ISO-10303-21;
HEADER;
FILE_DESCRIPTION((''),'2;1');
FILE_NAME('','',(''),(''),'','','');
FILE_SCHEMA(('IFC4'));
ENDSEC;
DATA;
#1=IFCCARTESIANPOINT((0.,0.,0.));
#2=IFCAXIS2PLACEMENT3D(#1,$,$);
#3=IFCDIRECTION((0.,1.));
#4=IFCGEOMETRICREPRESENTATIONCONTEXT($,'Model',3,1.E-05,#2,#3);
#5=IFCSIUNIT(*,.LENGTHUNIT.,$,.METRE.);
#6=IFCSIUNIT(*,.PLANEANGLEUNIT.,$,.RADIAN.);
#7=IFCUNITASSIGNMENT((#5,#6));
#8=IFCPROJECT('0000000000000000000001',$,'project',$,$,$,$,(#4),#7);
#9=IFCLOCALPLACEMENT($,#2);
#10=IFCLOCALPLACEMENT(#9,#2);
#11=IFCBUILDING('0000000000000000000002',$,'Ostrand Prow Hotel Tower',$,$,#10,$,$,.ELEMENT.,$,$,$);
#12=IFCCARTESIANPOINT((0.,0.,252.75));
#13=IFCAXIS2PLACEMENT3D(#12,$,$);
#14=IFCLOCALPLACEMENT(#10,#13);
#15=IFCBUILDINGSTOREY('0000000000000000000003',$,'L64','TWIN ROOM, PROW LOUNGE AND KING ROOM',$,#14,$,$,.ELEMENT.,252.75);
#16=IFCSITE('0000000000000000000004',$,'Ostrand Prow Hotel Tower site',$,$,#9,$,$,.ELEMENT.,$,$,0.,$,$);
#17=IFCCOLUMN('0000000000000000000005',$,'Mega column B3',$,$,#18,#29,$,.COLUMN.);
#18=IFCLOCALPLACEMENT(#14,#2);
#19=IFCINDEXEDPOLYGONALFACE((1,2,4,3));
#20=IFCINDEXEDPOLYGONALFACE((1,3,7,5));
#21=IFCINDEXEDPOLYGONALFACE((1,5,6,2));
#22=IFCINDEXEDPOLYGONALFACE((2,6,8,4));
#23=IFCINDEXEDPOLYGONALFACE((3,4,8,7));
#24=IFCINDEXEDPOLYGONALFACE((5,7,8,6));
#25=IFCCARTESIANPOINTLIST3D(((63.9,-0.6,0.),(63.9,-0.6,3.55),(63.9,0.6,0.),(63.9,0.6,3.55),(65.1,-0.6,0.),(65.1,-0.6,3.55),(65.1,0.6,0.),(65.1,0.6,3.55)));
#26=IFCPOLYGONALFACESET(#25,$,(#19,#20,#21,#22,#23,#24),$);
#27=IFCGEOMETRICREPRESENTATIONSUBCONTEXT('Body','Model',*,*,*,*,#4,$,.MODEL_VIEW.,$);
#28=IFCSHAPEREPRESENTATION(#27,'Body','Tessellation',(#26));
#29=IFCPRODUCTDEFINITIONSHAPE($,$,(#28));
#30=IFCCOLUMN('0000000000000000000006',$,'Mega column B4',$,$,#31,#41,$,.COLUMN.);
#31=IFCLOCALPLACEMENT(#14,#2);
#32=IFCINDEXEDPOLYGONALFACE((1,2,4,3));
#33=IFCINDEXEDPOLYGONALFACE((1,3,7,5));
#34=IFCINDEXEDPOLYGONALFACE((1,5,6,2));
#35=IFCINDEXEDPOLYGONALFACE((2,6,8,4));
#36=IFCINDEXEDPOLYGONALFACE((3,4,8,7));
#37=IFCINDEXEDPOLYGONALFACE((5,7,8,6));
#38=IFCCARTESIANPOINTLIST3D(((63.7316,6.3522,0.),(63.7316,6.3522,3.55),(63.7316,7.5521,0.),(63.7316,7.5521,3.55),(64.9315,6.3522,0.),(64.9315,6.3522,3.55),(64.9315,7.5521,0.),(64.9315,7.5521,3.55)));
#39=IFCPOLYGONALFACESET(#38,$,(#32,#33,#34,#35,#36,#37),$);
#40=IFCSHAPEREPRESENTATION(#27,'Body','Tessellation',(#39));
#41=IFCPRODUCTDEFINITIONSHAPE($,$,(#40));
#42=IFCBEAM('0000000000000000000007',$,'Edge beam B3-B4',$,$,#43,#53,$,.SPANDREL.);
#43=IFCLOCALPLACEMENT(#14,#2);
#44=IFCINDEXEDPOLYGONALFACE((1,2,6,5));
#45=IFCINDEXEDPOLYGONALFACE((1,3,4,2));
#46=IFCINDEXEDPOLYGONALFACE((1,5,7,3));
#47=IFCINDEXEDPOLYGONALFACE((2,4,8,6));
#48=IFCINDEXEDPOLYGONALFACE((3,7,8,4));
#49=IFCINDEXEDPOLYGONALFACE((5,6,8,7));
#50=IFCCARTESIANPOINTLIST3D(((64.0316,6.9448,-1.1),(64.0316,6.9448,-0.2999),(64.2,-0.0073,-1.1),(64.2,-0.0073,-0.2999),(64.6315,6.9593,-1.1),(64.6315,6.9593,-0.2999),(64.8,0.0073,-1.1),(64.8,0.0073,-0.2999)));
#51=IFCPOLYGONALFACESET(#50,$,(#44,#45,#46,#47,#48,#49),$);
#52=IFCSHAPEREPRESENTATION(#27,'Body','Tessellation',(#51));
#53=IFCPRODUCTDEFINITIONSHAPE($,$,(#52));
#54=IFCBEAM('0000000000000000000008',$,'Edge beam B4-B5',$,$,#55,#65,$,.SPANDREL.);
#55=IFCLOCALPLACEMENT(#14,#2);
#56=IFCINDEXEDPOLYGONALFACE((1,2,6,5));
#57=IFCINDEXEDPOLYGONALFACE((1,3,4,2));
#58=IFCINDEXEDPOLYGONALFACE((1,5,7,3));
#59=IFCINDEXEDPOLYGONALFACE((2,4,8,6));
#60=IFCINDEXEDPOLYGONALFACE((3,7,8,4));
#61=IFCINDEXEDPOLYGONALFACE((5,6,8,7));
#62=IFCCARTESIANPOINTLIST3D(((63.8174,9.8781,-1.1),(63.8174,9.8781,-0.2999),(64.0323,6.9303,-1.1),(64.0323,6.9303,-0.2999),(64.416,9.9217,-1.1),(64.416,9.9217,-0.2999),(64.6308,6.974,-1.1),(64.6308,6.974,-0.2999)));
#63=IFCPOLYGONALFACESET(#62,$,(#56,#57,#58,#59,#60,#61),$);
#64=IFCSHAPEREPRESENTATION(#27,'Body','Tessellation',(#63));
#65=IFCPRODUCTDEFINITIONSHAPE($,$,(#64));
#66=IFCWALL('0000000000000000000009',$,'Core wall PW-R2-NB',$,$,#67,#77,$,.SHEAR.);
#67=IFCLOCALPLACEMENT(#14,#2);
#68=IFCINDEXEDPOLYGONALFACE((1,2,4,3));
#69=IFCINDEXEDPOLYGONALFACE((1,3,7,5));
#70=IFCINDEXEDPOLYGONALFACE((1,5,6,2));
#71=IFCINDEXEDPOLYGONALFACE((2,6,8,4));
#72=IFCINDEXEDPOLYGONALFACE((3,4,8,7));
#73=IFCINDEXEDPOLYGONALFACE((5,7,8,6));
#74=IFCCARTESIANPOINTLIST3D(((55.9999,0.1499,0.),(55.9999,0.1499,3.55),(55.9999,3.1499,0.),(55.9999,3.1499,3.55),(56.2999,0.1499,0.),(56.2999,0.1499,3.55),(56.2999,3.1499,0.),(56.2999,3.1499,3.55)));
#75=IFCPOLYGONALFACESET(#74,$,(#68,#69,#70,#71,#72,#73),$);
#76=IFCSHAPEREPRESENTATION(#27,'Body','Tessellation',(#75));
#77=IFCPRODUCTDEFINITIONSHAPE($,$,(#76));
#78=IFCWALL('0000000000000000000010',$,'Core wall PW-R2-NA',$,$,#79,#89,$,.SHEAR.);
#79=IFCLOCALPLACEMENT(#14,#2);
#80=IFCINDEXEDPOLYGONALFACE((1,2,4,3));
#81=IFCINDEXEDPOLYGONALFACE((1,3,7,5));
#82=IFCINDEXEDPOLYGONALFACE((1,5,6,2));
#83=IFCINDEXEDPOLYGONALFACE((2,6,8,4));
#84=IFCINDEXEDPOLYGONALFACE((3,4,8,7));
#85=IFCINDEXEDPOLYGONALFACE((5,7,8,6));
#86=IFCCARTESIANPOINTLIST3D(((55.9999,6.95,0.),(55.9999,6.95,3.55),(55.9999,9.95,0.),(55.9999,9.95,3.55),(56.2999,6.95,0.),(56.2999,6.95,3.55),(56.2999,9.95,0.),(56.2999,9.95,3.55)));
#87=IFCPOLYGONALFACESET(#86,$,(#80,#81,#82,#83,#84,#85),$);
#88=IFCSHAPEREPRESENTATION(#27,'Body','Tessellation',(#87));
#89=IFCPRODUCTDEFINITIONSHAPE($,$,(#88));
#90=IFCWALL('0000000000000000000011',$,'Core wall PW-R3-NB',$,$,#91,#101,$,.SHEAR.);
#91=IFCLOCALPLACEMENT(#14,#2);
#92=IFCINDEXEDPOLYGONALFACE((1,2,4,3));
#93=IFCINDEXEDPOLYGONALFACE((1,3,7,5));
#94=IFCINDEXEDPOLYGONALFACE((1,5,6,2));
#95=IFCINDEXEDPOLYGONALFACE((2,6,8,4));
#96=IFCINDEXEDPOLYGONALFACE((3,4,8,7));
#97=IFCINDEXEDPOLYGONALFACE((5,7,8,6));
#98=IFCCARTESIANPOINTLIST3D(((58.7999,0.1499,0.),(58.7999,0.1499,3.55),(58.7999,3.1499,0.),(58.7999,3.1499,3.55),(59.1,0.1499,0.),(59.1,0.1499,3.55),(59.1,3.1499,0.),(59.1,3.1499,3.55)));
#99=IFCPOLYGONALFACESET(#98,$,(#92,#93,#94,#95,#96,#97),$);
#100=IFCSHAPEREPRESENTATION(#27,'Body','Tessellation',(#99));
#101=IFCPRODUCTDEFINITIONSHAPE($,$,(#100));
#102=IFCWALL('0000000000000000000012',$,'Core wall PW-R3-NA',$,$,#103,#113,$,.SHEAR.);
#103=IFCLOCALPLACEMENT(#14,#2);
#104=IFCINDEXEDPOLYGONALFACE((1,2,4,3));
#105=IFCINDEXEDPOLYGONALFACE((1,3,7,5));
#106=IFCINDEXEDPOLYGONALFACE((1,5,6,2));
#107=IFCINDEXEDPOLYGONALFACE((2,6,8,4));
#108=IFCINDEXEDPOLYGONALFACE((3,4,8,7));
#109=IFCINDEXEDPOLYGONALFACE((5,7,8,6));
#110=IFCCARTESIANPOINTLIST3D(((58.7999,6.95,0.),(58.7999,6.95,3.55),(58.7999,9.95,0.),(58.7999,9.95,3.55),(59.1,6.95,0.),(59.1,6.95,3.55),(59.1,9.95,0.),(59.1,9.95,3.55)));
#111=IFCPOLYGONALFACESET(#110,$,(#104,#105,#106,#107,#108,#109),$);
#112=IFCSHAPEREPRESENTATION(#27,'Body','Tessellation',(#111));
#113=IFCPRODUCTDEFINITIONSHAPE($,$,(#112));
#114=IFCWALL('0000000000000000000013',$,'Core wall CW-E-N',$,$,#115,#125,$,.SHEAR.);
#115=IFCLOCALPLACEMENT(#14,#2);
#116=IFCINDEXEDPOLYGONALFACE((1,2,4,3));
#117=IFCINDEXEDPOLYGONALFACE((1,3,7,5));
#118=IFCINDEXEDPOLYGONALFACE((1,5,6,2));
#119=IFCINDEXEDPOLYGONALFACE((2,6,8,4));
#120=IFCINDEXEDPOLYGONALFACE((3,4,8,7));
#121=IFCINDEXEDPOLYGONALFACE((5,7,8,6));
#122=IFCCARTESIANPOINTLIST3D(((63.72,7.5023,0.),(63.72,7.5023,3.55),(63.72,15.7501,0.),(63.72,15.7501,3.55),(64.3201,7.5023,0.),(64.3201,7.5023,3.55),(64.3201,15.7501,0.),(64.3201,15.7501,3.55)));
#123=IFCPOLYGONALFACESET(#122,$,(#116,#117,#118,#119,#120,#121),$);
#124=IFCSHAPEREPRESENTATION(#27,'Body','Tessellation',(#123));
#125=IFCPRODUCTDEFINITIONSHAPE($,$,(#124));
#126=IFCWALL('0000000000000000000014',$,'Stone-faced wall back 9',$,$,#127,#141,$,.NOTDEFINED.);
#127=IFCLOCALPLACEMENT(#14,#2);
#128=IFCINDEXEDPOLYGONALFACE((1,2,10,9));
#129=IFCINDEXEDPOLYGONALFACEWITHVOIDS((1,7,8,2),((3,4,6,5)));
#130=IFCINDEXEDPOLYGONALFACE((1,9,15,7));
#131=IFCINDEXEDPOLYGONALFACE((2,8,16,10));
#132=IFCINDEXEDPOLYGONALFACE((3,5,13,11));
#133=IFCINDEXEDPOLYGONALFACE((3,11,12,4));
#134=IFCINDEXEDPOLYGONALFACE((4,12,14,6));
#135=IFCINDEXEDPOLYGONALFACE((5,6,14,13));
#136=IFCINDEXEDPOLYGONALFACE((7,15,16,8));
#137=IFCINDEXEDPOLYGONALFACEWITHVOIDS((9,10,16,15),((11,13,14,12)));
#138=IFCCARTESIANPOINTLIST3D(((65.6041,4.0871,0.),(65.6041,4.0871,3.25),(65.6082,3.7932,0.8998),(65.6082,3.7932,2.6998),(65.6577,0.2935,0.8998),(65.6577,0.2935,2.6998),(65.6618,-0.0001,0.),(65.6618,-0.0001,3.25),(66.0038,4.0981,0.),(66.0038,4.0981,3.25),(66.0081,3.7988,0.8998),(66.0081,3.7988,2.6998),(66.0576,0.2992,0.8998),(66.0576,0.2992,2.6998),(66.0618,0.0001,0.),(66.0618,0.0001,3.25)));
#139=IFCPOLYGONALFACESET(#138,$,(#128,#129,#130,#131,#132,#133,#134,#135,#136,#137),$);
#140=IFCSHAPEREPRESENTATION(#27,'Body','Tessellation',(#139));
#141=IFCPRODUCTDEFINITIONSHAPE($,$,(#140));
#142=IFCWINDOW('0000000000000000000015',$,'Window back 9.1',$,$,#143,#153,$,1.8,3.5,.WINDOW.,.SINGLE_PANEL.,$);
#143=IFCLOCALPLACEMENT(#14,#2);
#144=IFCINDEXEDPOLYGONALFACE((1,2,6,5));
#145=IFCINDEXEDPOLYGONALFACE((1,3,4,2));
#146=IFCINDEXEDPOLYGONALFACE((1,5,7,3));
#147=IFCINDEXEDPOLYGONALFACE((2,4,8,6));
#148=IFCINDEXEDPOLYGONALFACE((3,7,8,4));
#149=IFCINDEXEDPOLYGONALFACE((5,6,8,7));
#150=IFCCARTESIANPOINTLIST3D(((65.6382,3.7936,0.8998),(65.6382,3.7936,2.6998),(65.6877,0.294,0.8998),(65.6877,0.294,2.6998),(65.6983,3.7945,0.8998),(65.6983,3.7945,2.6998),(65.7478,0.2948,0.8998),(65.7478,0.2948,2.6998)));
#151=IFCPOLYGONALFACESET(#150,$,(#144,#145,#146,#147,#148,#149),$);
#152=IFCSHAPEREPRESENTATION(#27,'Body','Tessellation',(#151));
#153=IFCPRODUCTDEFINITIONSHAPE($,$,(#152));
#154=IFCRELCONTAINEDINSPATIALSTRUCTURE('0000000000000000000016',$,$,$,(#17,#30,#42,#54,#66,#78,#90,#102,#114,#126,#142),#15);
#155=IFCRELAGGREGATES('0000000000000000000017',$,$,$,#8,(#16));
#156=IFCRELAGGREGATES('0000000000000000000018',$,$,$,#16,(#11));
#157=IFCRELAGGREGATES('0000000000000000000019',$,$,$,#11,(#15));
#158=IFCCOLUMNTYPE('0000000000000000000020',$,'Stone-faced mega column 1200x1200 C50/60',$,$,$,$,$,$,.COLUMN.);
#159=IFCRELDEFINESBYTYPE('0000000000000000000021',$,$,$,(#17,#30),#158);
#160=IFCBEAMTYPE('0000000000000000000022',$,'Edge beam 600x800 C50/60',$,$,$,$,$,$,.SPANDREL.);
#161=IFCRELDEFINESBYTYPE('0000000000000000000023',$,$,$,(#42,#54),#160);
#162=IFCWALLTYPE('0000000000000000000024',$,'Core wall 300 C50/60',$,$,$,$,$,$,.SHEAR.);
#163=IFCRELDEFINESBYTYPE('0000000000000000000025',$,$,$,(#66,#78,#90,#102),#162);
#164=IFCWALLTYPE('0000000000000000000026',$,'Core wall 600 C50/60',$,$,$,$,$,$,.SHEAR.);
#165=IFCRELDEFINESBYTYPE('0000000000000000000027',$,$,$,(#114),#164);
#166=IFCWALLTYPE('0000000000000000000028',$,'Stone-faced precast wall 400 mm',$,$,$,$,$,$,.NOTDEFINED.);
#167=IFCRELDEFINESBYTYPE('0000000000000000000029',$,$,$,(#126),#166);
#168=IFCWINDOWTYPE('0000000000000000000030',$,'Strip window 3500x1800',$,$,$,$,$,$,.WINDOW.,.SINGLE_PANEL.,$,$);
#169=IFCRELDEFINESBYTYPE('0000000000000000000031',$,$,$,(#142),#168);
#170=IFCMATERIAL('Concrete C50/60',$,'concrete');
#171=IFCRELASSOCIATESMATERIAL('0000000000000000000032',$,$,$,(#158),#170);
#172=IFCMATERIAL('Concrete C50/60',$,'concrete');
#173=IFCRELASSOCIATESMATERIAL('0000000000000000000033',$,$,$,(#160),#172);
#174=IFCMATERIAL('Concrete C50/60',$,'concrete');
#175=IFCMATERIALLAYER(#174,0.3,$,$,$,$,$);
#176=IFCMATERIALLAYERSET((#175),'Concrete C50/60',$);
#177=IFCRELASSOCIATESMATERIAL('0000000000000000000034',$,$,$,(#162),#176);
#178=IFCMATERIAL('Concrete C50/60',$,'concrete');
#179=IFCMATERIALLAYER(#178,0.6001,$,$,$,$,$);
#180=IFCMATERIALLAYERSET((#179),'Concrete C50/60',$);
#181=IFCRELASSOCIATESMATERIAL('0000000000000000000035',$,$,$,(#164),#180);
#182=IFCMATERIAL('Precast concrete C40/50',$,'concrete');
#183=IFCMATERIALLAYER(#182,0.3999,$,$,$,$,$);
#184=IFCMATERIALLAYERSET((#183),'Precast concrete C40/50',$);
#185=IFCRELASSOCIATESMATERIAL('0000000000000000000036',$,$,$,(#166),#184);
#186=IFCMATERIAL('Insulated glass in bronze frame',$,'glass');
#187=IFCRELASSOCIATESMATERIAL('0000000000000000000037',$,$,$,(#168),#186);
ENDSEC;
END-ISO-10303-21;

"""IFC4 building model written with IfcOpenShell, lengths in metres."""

from ifc_helpers import new_model, si_unit, direction, frame, frame_2d, origin, origin_2d, place, context, subcontext, project, spatial, polyline, rectangle, outline, extrude, material, layer, layer_set, material_profile, profile_set, type_object, element, fill, save


model = new_model("IFC4")

# Units and contexts
model_context = context("Model", 3, precision=1e-05, world=origin(), true_north=direction((0.0, 1.0)))
body_context = subcontext(model_context, "Body", "Model", "MODEL_VIEW")
ifc_project = project(units=[si_unit("LENGTHUNIT", "METRE"), si_unit("PLANEANGLEUNIT", "RADIAN")], contexts=[model_context])

# Site, building, storey
site_placement = place(None, origin())
site = spatial("IfcSite", under=ifc_project, at=site_placement, Name="Ostrand Prow Hotel Tower site", CompositionType="ELEMENT", RefElevation=0.0)
building_placement = place(site_placement, origin())
building = spatial("IfcBuilding", under=site, at=building_placement, Name="Ostrand Prow Hotel Tower", CompositionType="ELEMENT")
storey_placement = place(building_placement, frame((0.0, 0.0, 252.75)))
storey = spatial("IfcBuildingStorey", under=building, at=storey_placement, Name="L64", Description="TWIN ROOM, PROW LOUNGE AND KING ROOM", CompositionType="ELEMENT", Elevation=252.75)

# Columns
ifc_material_1 = material(Name="Concrete C50/60", Category="concrete")
ifc_material_profile_1 = material_profile(ifc_material_1, rectangle(XDim=1.2, YDim=1.2, at=origin_2d()), Name="RC 1200x1200")
ifc_profile_set_1 = profile_set([ifc_material_profile_1], Name="Concrete C50/60")
column_type = type_object("IfcColumnType", Name="Stone-faced mega column 1200x1200 C50/60", PredefinedType="COLUMN", material=ifc_profile_set_1)
for number, where, z_axis, x_axis, name in (
    (1, (64.5, 0.0, 0.0), (0.0, 0.0, 1.0), (1.0, 0.0, 0.0), "Mega column B3"),
    (2, (64.3315, 6.9521, 0.0), (0.0, 0.0, 1.0), (1.0, 0.0, 0.0), "Mega column B4"),
):
    element("IfcColumn", number, at=place(storey_placement, frame(where, z_axis=z_axis, x_axis=x_axis)), inside=storey, type_object=column_type, Name=name, PredefinedType="COLUMN", context=body_context, shape_type="SweptSolid", body=[
        extrude(rectangle(XDim=1.2, YDim=1.2, at=origin_2d()), origin(), (0.0, 0.0, 1.0), 3.55),
    ])

# Beams
ifc_material_2 = material(Name="Concrete C50/60", Category="concrete")
ifc_material_profile_2 = material_profile(ifc_material_2, rectangle(XDim=0.6001, YDim=0.8, at=origin_2d()), Name="RC 600x800")
ifc_profile_set_2 = profile_set([ifc_material_profile_2], Name="Concrete C50/60")
beam_type = type_object("IfcBeamType", Name="Edge beam 600x800 C50/60", PredefinedType="SPANDREL", material=ifc_profile_set_2)
beam_1_placement = place(storey_placement, frame((64.5, 0.0, -0.7), z_axis=(-0.024224, 0.999707, 0.0), x_axis=(-0.999707, -0.024224, 0.0)))
element("IfcBeam", 3, at=beam_1_placement, inside=storey, type_object=beam_type, Name="Edge beam B3-B4", PredefinedType="SPANDREL", context=body_context, shape_type="SweptSolid", body=[
    extrude(rectangle(XDim=0.6001, YDim=0.8, at=origin_2d()), origin(), (0.0, 0.0, 1.0), 6.9541),
])
beam_2_placement = place(storey_placement, frame((64.3315, 6.9521, -0.7), z_axis=(-0.072691, 0.997355, 0.0), x_axis=(-0.997355, -0.072691, 0.0)))
element("IfcBeam", 4, at=beam_2_placement, inside=storey, type_object=beam_type, Name="Edge beam B4-B5", PredefinedType="SPANDREL", context=body_context, shape_type="SweptSolid", body=[
    extrude(rectangle(XDim=0.6001, YDim=0.8, at=origin_2d()), origin(), (0.0, 0.0, 1.0), 2.9556),
])

# Walls
ifc_material_3 = material(Name="Concrete C50/60", Category="concrete")
ifc_layer_1 = layer(ifc_material_3, 0.3)
ifc_layer_set_1 = layer_set([ifc_layer_1], Name="Concrete C50/60")
wall_type_1 = type_object("IfcWallType", Name="Core wall 300 C50/60", PredefinedType="SHEAR", material=ifc_layer_set_1)
for number, where, z_axis, x_axis, name in (
    (5, (56.1499, 0.1499, 0.0), (0.0, 0.0, 1.0), (0.0, 1.0, 0.0), "Core wall PW-R2-NB"),
    (6, (56.1499, 6.95, 0.0), (0.0, 0.0, 1.0), (0.0, 1.0, 0.0), "Core wall PW-R2-NA"),
    (7, (58.95, 0.1499, 0.0), (0.0, 0.0, 1.0), (0.0, 1.0, 0.0), "Core wall PW-R3-NB"),
    (8, (58.95, 6.95, 0.0), (0.0, 0.0, 1.0), (0.0, 1.0, 0.0), "Core wall PW-R3-NA"),
):
    element("IfcWall", number, at=place(storey_placement, frame(where, z_axis=z_axis, x_axis=x_axis)), inside=storey, type_object=wall_type_1, Name=name, PredefinedType="SHEAR", context=body_context, shape_type="SweptSolid", body=[
        extrude(rectangle(XDim=3.0, YDim=0.3, at=frame_2d((1.5, 0.0))), origin(), (0.0, 0.0, 1.0), 3.55),
    ])
ifc_material_4 = material(Name="Concrete C50/60", Category="concrete")
ifc_layer_2 = layer(ifc_material_4, 0.6001)
ifc_layer_set_2 = layer_set([ifc_layer_2], Name="Concrete C50/60")
wall_type_2 = type_object("IfcWallType", Name="Core wall 600 C50/60", PredefinedType="SHEAR", material=ifc_layer_set_2)
wall_1_placement = place(storey_placement, frame((64.02, 7.5022, 0.0), z_axis=(0.0, 0.0, 1.0), x_axis=(0.0, 1.0, 0.0)))
element("IfcWall", 9, at=wall_1_placement, inside=storey, type_object=wall_type_2, Name="Core wall CW-E-N", PredefinedType="SHEAR", context=body_context, shape_type="SweptSolid", body=[
    extrude(rectangle(XDim=8.2478, YDim=0.6001, at=frame_2d((4.124, 0.0))), origin(), (0.0, 0.0, 1.0), 3.55),
])

# Wall, opening, window
ifc_material_5 = material(Name="Precast concrete C40/50", Category="concrete")
ifc_layer_3 = layer(ifc_material_5, 0.3999)
ifc_layer_set_3 = layer_set([ifc_layer_3], Name="Precast concrete C40/50")
wall_type_3 = type_object("IfcWallType", Name="Stone-faced precast wall 400 mm", PredefinedType="NOTDEFINED", material=ifc_layer_set_3)
wall_2_placement = place(storey_placement, frame((65.8618, 0.0, 0.0), z_axis=(0.0, 0.0, 1.0), x_axis=(-0.014137, 0.9999, 0.0)))
wall_2 = element("IfcWall", 10, at=wall_2_placement, inside=storey, type_object=wall_type_3, Name="Stone-faced wall back 9", PredefinedType="NOTDEFINED", context=body_context, shape_type="SweptSolid", body=[
    extrude(outline(polyline([(-0.0027, -0.2), (4.0957, -0.2), (4.0903, 0.2), (0.0027, 0.2), (-0.0027, -0.2)])), origin(), (0.0, 0.0, 1.0), 3.25),
])
opening_1_placement = place(wall_2_placement, frame((0.2964, 0.0, 0.8999)))
opening_1 = element("IfcOpeningElement", 11, at=opening_1_placement, cuts=wall_2, PredefinedType="OPENING", context=body_context, shape_type="SweptSolid", body=[
    extrude(rectangle(XDim=3.5, YDim=1.8, at=frame_2d((1.75, 0.8999))), frame((0.0, 0.21, 0.0), z_axis=(0.0, -1.0, 0.0), x_axis=(1.0, 0.0, 0.0)), (0.0, 0.0, 1.0), 0.4199),
])
ifc_material_6 = material(Name="Insulated glass in bronze frame", Category="glass")
window_type_1 = type_object("IfcWindowType", Name="Strip window 3500x1800", PartitioningType="SINGLE_PANEL", PredefinedType="WINDOW", material=ifc_material_6)
window_1_placement = place(opening_1_placement, origin())
window_1 = element("IfcWindow", 12, at=window_1_placement, inside=storey, type_object=window_type_1, Name="Window back 9.1", OverallHeight=1.8, OverallWidth=3.5, PartitioningType="SINGLE_PANEL", PredefinedType="WINDOW", context=body_context, shape_type="SweptSolid", body=[
    extrude(rectangle(XDim=3.5, YDim=1.8, at=frame_2d((1.75, 0.8999))), frame((0.0, 0.1699, 0.0), z_axis=(0.0, -1.0, 0.0), x_axis=(1.0, 0.0, 0.0)), (0.0, 0.0, 1.0), 0.0601),
])
fill(opening_1, window_1)

save(model, "model.ifc")
